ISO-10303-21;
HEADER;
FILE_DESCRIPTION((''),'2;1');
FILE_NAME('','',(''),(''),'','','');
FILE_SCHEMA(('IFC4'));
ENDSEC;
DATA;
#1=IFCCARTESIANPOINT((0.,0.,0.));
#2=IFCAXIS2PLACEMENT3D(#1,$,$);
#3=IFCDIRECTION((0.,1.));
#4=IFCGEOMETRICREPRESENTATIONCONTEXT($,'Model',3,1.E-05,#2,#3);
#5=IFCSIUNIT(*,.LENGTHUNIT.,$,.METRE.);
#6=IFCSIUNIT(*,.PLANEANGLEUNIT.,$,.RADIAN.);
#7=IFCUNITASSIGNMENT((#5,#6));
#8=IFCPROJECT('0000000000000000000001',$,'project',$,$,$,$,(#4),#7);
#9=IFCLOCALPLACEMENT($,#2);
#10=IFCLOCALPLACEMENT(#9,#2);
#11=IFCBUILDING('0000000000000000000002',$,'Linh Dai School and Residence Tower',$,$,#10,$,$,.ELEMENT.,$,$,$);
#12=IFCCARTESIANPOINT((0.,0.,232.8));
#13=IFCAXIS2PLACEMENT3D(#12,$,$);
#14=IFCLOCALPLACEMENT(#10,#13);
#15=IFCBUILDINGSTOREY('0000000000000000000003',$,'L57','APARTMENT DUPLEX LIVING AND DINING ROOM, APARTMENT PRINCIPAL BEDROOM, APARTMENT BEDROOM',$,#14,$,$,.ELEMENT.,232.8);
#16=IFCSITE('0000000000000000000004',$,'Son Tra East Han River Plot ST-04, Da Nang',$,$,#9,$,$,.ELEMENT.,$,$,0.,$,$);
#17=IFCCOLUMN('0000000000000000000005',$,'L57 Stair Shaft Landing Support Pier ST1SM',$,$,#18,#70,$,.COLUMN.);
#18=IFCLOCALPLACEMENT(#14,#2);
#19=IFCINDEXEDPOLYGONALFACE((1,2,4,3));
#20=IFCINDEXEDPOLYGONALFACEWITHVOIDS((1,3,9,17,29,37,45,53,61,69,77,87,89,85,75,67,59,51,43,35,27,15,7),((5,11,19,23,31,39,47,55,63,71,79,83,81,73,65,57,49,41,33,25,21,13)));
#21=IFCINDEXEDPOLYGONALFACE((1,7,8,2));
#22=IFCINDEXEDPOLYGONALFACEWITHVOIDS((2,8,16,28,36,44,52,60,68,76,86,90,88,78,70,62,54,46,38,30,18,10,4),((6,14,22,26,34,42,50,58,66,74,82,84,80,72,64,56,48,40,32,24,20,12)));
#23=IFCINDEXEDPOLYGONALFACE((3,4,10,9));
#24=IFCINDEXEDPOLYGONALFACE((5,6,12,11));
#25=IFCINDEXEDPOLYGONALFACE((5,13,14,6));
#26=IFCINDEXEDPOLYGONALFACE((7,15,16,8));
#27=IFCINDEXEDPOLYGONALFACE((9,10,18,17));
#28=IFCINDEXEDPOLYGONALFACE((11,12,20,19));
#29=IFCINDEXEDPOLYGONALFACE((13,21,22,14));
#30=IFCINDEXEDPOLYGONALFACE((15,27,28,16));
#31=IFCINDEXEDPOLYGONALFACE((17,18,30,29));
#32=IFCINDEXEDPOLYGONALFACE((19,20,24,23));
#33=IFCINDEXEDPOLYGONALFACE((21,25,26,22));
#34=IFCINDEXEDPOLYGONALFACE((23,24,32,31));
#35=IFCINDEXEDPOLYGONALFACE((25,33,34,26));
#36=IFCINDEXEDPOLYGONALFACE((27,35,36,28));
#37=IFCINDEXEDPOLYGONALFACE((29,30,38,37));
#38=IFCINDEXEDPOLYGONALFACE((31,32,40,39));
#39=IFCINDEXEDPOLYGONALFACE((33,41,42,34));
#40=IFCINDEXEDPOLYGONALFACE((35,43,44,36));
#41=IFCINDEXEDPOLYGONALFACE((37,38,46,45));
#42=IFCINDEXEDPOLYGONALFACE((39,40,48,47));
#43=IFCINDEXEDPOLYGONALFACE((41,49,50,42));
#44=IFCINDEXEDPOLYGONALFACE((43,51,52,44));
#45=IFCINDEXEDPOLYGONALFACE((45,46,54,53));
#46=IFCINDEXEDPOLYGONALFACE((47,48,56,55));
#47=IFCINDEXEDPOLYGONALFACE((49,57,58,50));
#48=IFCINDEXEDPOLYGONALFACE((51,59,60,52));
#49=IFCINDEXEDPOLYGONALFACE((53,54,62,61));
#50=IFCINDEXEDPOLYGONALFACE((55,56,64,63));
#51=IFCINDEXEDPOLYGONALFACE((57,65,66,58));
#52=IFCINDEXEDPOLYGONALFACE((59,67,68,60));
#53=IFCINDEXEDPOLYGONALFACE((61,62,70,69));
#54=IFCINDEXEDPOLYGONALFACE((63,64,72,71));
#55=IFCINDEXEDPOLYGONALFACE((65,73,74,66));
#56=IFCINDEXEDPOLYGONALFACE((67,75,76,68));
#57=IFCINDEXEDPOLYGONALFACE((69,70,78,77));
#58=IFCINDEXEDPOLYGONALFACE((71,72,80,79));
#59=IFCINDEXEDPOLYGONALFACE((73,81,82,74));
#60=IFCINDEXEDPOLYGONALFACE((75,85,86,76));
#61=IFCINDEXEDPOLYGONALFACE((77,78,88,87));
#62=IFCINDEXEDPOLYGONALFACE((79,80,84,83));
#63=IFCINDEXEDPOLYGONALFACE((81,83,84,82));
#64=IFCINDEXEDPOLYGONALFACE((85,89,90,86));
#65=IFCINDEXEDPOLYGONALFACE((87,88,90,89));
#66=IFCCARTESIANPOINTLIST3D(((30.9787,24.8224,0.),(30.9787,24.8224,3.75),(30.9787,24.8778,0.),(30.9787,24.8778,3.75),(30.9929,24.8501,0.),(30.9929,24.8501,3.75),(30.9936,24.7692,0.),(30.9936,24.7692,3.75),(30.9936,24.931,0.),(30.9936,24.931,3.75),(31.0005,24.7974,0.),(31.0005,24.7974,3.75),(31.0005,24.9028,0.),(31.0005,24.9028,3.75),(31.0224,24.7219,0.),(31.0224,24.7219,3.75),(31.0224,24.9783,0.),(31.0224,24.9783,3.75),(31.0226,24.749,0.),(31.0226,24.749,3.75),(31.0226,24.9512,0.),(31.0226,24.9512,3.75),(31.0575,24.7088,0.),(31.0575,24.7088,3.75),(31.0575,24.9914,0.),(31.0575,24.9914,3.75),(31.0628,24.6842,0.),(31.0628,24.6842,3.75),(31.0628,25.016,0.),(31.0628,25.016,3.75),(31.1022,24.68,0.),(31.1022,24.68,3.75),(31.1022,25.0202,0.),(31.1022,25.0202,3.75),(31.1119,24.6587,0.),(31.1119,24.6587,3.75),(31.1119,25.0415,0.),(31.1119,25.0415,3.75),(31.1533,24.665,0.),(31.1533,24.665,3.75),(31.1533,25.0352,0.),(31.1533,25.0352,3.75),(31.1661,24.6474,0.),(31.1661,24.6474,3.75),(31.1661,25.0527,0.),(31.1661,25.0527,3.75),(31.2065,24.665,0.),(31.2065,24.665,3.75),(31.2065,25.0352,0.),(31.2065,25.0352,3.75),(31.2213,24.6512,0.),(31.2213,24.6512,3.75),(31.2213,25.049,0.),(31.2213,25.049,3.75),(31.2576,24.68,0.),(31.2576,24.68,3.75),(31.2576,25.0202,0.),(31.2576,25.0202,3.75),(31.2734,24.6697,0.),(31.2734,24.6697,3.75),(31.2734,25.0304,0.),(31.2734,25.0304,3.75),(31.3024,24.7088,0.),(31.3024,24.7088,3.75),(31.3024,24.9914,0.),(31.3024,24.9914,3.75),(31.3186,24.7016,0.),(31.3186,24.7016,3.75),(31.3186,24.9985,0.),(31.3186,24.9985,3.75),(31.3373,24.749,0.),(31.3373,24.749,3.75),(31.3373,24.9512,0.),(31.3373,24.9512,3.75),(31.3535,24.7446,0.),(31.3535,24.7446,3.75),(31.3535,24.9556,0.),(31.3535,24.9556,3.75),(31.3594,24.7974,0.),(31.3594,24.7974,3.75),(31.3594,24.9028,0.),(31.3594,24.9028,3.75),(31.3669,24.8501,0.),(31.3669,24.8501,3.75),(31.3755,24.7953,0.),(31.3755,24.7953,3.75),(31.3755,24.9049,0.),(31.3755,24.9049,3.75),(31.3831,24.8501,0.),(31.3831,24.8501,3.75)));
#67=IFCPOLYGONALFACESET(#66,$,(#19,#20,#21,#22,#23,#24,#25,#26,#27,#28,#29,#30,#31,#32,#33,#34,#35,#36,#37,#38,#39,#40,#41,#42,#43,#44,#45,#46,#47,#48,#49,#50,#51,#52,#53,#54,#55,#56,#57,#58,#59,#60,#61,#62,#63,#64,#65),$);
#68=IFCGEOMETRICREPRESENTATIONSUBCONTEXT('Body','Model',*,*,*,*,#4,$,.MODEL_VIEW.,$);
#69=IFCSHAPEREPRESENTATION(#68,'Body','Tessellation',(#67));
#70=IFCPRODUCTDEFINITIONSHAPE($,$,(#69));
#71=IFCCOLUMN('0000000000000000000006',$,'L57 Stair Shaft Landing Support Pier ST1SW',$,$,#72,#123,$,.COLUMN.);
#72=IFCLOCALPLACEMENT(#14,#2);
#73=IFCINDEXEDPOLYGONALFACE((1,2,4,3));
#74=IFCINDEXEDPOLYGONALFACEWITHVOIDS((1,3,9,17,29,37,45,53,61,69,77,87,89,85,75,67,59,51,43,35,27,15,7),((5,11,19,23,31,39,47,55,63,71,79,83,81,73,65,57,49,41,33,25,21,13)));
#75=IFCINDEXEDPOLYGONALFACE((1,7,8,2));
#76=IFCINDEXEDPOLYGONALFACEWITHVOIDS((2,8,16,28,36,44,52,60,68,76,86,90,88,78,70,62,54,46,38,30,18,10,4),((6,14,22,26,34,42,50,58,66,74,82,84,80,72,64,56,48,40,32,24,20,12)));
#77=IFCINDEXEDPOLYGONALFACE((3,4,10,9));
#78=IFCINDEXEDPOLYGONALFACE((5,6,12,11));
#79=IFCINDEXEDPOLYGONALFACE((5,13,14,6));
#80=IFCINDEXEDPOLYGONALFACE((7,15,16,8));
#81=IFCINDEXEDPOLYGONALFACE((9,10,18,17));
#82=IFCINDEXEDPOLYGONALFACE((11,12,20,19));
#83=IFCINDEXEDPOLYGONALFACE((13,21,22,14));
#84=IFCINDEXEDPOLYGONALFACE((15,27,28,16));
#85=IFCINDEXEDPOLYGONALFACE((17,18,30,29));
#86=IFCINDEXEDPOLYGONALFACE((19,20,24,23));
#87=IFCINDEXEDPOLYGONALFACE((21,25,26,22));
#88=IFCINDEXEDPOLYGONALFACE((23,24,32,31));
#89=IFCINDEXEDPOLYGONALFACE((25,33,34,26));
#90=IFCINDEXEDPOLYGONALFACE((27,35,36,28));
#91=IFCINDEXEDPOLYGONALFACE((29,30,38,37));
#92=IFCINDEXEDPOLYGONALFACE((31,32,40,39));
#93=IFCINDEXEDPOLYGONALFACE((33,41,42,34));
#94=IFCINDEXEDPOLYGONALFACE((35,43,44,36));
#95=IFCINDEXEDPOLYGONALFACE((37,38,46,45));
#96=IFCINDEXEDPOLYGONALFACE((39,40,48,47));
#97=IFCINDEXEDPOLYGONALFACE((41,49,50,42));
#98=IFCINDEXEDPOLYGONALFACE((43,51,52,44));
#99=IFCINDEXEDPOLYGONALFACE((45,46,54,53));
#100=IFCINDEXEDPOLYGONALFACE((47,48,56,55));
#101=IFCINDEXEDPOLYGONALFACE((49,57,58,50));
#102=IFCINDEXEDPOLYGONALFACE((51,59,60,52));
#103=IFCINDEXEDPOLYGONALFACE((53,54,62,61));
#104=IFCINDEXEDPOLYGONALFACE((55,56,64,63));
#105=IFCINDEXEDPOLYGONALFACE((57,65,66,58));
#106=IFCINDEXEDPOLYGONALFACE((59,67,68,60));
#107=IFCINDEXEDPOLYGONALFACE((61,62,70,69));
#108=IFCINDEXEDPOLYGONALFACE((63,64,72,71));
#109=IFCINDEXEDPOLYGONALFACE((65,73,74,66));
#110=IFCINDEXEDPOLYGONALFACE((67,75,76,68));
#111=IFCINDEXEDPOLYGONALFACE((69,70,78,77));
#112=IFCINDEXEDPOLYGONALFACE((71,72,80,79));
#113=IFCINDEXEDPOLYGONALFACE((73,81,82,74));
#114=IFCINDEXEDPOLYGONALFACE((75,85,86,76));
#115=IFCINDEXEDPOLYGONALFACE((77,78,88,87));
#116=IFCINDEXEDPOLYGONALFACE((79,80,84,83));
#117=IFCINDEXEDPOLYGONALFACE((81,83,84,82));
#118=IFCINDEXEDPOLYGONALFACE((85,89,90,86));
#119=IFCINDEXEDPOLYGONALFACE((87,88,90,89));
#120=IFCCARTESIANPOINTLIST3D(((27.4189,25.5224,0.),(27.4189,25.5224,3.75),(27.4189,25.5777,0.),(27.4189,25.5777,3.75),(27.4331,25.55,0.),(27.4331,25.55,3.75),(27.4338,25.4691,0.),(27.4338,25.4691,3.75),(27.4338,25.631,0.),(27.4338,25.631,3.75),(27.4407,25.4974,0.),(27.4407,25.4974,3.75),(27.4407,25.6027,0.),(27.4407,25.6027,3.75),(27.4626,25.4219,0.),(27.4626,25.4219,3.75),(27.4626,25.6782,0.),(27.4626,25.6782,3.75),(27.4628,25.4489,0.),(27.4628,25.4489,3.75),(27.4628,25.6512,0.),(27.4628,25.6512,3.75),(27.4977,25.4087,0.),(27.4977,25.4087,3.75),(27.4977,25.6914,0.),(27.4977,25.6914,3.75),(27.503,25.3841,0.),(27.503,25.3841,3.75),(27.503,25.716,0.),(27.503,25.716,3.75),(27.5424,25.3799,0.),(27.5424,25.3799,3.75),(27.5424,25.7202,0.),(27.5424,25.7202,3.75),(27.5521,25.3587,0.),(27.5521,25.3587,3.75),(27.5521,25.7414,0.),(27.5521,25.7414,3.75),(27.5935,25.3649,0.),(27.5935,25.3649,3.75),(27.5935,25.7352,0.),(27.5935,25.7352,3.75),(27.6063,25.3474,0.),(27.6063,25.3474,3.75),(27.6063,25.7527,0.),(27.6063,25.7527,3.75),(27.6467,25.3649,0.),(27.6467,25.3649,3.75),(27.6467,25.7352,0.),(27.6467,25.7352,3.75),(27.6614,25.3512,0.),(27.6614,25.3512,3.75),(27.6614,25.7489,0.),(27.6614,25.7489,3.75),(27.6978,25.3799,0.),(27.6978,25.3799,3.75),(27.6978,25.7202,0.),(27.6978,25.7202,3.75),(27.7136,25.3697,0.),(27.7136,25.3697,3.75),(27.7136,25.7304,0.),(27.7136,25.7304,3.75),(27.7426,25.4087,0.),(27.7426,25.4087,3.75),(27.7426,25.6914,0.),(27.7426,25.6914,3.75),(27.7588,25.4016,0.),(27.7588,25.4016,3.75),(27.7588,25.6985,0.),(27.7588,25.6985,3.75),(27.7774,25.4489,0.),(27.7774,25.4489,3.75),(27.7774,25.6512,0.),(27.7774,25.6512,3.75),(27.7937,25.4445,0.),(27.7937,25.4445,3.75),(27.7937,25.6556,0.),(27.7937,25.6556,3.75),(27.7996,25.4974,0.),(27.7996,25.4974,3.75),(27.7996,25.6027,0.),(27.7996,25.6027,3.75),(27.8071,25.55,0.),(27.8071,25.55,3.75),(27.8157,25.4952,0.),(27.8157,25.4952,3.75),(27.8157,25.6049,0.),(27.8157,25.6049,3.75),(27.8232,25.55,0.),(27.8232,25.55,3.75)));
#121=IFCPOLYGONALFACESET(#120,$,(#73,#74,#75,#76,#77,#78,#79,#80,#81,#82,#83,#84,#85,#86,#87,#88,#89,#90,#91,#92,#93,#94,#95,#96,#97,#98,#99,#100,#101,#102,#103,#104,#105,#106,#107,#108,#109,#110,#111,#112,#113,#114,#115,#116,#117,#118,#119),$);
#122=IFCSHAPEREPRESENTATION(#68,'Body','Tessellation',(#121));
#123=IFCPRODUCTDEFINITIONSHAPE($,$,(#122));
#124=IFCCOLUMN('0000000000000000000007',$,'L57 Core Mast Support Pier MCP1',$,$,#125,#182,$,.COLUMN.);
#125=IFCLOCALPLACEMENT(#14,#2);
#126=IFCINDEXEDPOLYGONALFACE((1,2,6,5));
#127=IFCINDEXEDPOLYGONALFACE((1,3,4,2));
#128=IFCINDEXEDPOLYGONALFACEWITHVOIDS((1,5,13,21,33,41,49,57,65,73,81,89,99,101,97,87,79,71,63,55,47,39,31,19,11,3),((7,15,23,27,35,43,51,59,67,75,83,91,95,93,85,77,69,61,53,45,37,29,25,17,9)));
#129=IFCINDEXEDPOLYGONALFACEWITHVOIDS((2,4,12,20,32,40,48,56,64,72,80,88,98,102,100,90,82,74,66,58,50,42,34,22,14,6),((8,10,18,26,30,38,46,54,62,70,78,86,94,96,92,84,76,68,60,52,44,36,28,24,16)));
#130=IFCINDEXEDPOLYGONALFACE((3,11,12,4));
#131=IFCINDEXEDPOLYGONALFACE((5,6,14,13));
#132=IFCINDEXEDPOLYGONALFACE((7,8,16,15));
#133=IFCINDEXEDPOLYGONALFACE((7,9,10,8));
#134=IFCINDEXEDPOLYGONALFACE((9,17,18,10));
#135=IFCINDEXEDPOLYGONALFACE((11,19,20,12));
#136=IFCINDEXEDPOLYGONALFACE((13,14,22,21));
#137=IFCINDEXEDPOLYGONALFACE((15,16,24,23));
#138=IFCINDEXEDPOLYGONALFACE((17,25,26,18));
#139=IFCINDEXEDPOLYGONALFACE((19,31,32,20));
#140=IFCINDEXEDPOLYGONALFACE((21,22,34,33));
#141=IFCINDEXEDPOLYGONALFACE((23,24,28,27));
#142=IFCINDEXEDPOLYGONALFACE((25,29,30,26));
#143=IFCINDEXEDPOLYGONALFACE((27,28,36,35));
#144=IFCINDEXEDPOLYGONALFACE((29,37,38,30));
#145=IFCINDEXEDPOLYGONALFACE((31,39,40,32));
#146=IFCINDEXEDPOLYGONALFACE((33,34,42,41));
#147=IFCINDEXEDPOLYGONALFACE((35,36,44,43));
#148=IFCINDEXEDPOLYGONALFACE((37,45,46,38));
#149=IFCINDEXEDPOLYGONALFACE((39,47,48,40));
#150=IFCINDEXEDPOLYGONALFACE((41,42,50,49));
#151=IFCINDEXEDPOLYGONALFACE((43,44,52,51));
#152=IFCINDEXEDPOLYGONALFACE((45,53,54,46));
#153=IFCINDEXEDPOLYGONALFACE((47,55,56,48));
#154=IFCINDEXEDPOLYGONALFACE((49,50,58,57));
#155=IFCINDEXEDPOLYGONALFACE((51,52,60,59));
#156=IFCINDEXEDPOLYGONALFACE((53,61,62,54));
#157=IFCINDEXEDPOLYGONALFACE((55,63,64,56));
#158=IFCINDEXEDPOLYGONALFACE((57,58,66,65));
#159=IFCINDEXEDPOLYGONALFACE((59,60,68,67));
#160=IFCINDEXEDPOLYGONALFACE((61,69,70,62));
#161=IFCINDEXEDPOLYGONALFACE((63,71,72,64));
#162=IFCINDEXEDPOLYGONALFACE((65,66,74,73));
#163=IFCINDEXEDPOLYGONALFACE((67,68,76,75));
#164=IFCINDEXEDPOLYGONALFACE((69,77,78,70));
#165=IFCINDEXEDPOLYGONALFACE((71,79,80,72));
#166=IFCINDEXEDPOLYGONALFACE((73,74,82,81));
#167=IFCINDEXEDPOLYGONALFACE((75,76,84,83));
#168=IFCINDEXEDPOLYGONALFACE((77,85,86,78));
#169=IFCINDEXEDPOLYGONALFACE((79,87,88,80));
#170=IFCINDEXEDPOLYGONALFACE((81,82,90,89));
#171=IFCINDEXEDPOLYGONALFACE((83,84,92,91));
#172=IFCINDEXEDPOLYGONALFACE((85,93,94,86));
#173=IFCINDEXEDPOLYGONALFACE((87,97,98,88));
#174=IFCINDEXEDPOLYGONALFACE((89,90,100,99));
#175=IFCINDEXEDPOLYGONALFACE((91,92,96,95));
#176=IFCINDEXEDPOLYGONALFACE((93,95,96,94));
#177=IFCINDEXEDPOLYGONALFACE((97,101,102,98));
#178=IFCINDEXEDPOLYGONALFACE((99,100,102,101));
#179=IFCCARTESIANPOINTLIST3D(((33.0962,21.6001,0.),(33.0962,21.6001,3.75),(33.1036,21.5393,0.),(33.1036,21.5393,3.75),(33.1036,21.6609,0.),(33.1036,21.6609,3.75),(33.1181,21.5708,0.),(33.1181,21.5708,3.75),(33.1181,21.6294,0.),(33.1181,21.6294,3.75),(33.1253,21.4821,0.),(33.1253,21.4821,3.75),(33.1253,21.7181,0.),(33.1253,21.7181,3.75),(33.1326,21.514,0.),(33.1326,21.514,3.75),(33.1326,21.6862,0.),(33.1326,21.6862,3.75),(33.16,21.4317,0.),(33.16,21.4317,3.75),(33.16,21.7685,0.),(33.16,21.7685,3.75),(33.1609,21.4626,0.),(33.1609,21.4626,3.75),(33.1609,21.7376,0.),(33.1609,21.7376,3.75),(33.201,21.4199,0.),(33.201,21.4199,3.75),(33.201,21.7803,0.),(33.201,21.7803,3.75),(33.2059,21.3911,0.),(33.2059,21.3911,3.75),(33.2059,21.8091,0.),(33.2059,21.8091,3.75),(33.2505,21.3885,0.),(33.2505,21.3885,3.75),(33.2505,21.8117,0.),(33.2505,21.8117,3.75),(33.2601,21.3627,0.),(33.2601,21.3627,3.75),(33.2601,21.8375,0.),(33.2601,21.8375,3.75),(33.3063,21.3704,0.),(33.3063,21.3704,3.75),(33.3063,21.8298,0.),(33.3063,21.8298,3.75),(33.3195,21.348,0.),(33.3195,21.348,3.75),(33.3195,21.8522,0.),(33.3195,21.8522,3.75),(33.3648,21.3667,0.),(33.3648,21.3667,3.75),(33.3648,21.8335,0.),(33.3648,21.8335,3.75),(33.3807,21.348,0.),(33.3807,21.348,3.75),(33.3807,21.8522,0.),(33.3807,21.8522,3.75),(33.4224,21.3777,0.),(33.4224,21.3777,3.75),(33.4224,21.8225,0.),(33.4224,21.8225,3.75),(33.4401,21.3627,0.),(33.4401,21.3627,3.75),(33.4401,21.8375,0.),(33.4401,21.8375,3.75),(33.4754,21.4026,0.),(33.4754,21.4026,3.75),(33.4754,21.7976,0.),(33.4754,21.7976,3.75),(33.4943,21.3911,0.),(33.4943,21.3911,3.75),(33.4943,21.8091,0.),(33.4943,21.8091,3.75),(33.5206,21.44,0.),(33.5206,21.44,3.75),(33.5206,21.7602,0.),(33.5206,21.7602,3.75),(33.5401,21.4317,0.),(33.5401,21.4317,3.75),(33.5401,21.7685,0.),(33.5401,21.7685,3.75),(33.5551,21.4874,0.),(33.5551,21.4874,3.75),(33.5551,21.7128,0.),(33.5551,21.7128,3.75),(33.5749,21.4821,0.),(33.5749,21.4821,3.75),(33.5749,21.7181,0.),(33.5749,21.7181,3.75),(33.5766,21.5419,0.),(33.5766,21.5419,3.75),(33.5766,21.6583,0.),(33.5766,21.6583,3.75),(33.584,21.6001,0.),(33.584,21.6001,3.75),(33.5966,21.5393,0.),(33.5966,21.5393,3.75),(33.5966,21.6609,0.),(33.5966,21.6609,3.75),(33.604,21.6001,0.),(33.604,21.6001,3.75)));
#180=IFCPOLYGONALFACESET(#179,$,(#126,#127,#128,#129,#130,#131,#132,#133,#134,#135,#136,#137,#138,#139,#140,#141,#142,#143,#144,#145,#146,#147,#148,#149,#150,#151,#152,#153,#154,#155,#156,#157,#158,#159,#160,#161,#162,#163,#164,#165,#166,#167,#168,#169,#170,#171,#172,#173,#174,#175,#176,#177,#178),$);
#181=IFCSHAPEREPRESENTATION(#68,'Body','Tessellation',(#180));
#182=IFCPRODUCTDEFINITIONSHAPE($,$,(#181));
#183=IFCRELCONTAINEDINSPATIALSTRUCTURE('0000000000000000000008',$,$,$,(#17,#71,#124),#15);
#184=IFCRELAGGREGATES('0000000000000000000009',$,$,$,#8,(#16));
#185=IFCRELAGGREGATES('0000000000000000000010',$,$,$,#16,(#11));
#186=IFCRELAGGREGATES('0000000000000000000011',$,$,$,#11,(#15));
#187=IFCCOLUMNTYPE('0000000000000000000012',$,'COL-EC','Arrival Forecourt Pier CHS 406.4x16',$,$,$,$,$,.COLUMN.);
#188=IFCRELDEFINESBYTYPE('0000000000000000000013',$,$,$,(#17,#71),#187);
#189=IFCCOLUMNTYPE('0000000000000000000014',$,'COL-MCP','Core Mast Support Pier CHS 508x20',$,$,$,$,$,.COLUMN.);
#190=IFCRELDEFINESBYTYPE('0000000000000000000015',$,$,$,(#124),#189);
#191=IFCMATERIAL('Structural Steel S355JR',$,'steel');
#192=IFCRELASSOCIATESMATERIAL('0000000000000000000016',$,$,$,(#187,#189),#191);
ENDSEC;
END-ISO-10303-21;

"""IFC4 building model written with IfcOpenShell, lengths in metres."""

from ifc_helpers import new_model, si_unit, direction, frame, origin, origin_2d, place, context, subcontext, project, spatial, hollow_circle, extrude, material, material_profile, profile_set, type_object, element, save


model = new_model("IFC4")

# Units and contexts
model_context = context("Model", 3, precision=1e-05, world=origin(), true_north=direction((0.0, 1.0)))
body_context = subcontext(model_context, "Body", "Model", "MODEL_VIEW")
ifc_project = project(units=[si_unit("LENGTHUNIT", "METRE"), si_unit("PLANEANGLEUNIT", "RADIAN")], contexts=[model_context])

# Site, building, storey
site_placement = place(None, origin())
site = spatial("IfcSite", under=ifc_project, at=site_placement, Name="Son Tra East Han River Plot ST-04, Da Nang", CompositionType="ELEMENT", RefElevation=0.0)
building_placement = place(site_placement, origin())
building = spatial("IfcBuilding", under=site, at=building_placement, Name="Linh Dai School and Residence Tower", CompositionType="ELEMENT")
storey_placement = place(building_placement, frame((0.0, 0.0, 232.8)))
storey = spatial("IfcBuildingStorey", under=building, at=storey_placement, Name="L57", Description="APARTMENT DUPLEX LIVING AND DINING ROOM, APARTMENT PRINCIPAL BEDROOM, APARTMENT BEDROOM", CompositionType="ELEMENT", Elevation=232.8)

# Columns
ifc_material_1 = material(Name="Structural Steel S355JR", Category="steel")
ifc_material_profile_1 = material_profile(ifc_material_1, hollow_circle(Radius=0.2031, WallThickness=0.0161, at=origin_2d()), Name="CHS 406.4x16")
ifc_profile_set_1 = profile_set([ifc_material_profile_1], Name="Structural Steel S355JR")
column_type_1 = type_object("IfcColumnType", Name="COL-EC", Description="Arrival Forecourt Pier CHS 406.4x16", PredefinedType="COLUMN", material=ifc_profile_set_1)
for number, where, z_axis, x_axis, name in (
    (1, (31.1799, 24.8501, 0.0), (0.0, 0.0, 1.0), (1.0, 0.0, 0.0), "L57 Stair Shaft Landing Support Pier ST1SM"),
    (2, (27.6201, 25.55, 0.0), (0.0, 0.0, 1.0), (1.0, 0.0, 0.0), "L57 Stair Shaft Landing Support Pier ST1SW"),
):
    element("IfcColumn", number, at=place(storey_placement, frame(where, z_axis=z_axis, x_axis=x_axis)), inside=storey, type_object=column_type_1, Name=name, PredefinedType="COLUMN", context=body_context, shape_type="SweptSolid", body=[
        extrude(hollow_circle(Radius=0.2031, WallThickness=0.0161, at=origin_2d()), origin(), (0.0, 0.0, 1.0), 3.75),
    ])
ifc_material_profile_2 = material_profile(ifc_material_1, hollow_circle(Radius=0.2539, WallThickness=0.02, at=origin_2d()), Name="CHS 508x20")
ifc_profile_set_2 = profile_set([ifc_material_profile_2], Name="Structural Steel S355JR")
column_type_2 = type_object("IfcColumnType", Name="COL-MCP", Description="Core Mast Support Pier CHS 508x20", PredefinedType="COLUMN", material=ifc_profile_set_2)
column_placement = place(storey_placement, frame((33.3501, 21.6001, 0.0), z_axis=(0.0, 0.0, 1.0), x_axis=(1.0, 0.0, 0.0)))
element("IfcColumn", 3, at=column_placement, inside=storey, type_object=column_type_2, Name="L57 Core Mast Support Pier MCP1", PredefinedType="COLUMN", context=body_context, shape_type="SweptSolid", body=[
    extrude(hollow_circle(Radius=0.2539, WallThickness=0.02, at=origin_2d()), origin(), (0.0, 0.0, 1.0), 3.75),
])

save(model, "model.ifc")
